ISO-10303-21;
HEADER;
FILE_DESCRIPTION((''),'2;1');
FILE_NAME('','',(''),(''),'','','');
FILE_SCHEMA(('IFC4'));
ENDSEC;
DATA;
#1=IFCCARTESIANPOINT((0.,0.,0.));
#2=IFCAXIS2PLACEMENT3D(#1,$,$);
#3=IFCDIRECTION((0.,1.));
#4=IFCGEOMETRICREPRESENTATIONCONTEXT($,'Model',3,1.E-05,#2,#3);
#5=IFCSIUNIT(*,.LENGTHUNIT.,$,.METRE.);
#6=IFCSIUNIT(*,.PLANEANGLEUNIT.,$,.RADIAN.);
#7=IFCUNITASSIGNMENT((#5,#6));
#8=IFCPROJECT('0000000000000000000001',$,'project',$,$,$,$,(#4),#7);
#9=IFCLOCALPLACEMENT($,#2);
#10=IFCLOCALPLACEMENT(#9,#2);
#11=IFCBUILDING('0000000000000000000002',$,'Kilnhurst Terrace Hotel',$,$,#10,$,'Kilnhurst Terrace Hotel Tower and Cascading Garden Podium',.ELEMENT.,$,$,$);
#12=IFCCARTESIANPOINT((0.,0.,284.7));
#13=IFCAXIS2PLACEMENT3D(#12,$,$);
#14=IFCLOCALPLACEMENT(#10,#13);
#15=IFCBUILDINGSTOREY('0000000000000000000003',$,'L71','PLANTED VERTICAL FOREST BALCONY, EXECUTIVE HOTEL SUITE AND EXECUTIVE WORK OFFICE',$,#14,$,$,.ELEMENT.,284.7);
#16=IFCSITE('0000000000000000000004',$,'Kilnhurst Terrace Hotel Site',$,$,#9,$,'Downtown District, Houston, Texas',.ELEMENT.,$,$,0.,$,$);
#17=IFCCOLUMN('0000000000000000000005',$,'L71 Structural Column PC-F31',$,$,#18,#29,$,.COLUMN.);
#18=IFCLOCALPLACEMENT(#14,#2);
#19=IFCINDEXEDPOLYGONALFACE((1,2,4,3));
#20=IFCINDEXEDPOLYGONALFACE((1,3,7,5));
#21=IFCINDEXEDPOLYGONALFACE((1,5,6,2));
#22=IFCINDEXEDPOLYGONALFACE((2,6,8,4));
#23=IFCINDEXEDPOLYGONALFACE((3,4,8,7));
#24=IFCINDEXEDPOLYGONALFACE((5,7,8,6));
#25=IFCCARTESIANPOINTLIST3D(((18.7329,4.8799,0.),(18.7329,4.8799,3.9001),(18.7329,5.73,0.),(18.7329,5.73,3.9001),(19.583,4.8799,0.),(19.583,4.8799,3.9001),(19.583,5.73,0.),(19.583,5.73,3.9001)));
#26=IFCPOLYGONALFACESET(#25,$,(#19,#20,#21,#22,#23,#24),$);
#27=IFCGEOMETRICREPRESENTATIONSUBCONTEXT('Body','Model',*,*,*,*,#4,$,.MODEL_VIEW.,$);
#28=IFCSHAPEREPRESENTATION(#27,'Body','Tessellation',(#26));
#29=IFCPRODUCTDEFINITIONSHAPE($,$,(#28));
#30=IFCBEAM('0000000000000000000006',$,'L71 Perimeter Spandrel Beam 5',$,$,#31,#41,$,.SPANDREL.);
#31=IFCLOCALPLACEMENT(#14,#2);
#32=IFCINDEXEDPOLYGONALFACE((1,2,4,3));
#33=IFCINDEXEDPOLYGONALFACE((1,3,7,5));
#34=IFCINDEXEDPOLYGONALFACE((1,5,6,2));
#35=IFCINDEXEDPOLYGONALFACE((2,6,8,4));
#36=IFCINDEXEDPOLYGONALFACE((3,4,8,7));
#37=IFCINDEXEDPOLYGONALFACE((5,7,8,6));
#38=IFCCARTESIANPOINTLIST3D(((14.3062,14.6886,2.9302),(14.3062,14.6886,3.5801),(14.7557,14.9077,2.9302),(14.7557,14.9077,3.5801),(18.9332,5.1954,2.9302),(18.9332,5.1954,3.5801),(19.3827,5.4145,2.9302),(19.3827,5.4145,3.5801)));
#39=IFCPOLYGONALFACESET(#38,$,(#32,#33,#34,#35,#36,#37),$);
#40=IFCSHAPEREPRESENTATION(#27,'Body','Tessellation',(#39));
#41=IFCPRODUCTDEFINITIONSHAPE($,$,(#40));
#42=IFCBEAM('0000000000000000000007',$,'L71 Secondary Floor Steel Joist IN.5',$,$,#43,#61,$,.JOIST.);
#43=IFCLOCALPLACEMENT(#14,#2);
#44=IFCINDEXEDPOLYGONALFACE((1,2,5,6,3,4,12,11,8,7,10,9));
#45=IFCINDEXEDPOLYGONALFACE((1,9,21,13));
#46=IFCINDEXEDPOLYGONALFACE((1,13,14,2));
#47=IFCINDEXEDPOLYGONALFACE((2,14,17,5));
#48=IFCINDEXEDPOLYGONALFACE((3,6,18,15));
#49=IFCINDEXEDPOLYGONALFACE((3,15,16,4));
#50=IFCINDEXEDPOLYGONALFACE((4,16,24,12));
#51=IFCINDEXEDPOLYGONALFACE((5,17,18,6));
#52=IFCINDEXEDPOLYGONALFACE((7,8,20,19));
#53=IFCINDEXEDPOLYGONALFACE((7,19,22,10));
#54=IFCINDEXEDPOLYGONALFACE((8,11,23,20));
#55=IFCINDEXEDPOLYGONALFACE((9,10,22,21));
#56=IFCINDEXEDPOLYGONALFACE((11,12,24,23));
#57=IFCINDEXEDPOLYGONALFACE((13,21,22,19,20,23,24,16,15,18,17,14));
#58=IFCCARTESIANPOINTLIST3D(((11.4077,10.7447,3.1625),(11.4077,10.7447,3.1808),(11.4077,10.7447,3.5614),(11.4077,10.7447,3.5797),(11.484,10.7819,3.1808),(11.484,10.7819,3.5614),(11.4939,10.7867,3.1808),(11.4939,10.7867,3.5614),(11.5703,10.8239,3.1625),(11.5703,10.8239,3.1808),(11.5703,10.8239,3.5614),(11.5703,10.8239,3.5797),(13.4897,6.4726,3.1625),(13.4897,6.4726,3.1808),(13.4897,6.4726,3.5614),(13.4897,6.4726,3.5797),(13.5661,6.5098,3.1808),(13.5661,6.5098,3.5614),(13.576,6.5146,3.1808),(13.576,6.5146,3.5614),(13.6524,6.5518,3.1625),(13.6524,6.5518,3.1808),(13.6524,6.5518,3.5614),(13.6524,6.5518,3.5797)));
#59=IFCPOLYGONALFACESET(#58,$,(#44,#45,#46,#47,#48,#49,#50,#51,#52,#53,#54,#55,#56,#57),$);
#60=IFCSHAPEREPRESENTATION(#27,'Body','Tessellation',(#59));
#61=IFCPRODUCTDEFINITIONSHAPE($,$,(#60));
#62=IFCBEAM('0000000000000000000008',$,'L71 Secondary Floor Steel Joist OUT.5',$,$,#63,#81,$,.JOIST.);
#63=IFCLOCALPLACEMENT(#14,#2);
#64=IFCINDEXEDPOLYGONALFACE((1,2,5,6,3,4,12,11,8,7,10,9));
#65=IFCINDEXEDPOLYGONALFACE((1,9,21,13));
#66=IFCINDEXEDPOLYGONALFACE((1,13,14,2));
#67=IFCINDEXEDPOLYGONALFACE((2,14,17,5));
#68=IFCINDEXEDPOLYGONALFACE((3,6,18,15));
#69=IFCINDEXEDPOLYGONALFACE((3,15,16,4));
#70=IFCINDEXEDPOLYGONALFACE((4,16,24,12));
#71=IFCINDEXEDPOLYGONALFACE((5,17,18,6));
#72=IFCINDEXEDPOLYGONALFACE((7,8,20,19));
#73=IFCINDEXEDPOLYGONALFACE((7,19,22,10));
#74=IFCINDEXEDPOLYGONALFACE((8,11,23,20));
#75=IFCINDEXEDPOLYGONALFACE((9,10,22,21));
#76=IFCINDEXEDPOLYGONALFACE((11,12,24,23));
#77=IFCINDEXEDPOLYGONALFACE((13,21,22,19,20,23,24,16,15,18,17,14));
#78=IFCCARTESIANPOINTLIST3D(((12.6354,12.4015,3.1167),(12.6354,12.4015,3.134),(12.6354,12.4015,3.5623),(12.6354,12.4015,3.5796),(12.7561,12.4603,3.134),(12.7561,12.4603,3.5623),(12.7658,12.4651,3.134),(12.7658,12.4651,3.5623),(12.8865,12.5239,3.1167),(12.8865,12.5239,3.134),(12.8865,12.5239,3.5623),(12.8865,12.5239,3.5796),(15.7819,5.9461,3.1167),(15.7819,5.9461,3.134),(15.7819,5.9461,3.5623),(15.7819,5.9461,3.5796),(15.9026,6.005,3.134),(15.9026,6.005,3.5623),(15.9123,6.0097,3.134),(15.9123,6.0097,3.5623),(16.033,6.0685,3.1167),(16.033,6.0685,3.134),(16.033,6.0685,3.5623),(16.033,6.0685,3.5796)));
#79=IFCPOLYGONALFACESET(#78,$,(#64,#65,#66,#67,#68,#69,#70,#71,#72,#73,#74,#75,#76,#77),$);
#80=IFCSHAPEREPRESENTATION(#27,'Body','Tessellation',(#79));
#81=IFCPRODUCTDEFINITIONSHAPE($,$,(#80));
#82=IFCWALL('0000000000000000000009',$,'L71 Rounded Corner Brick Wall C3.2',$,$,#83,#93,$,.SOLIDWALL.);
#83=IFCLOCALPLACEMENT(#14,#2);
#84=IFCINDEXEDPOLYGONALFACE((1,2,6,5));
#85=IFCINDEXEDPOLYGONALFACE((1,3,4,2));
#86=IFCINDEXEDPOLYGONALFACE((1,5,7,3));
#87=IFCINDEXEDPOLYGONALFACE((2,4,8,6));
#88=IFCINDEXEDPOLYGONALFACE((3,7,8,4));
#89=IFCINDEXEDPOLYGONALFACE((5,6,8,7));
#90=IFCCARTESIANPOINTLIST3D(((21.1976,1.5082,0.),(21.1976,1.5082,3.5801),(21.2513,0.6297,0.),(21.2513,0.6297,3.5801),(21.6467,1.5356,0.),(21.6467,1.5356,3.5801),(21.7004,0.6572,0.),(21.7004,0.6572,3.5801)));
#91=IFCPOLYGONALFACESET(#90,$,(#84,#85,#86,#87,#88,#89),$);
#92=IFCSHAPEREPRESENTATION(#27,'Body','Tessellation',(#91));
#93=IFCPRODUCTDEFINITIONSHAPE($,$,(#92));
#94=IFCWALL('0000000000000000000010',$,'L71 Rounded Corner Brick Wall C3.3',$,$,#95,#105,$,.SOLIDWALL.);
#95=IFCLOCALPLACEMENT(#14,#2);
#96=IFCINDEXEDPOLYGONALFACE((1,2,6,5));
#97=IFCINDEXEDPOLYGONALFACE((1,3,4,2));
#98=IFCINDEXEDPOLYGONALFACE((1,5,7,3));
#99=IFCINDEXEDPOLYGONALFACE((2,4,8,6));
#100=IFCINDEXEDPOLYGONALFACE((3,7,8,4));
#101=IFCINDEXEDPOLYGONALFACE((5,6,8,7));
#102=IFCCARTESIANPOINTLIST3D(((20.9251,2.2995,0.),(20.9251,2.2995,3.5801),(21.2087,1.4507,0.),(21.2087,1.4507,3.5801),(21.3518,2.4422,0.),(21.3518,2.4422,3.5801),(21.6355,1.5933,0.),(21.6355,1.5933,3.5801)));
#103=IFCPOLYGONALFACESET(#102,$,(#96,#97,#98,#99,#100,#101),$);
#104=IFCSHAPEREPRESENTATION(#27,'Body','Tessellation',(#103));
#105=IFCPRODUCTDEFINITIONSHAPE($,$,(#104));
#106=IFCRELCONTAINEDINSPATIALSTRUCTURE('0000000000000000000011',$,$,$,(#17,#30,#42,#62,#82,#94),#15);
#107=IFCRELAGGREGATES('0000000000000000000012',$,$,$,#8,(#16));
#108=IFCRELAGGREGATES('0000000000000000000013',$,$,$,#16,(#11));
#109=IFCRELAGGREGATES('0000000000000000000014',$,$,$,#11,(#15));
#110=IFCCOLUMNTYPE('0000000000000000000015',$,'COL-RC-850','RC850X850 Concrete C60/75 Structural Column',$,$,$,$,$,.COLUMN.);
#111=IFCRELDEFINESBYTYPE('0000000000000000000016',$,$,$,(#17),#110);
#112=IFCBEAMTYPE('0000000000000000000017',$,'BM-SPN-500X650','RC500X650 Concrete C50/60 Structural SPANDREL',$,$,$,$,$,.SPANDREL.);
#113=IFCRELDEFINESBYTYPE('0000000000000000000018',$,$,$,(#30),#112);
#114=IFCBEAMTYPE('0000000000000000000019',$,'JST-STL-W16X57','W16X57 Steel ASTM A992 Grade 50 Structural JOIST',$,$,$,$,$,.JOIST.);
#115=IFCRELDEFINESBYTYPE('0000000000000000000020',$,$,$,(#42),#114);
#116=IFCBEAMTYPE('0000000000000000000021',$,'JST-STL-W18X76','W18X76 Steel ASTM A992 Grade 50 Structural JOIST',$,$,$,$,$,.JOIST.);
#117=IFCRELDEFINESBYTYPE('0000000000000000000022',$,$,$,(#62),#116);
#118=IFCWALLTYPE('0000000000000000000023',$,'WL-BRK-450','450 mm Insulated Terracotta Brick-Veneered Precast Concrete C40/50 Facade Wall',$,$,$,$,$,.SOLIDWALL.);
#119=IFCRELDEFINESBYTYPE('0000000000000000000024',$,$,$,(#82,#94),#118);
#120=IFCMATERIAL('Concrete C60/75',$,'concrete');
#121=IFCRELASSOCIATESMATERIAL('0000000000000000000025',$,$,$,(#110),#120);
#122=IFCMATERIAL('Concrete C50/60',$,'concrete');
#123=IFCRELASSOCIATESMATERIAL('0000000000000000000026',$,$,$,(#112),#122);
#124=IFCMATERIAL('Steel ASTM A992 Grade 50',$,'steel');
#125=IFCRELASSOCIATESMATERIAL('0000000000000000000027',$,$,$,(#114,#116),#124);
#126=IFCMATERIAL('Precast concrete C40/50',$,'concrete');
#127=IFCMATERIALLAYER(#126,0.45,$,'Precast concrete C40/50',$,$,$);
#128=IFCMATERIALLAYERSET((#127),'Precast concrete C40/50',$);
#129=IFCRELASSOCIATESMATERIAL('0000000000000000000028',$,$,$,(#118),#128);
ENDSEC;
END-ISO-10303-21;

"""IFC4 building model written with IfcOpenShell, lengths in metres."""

from ifc_helpers import new_model, si_unit, direction, frame, frame_2d, origin, origin_2d, place, context, subcontext, project, spatial, rectangle, i_section, extrude, material, layer, layer_set, material_profile, profile_set, type_object, element, save


model = new_model("IFC4")

# Units and contexts
model_context = context("Model", 3, precision=1e-05, world=origin(), true_north=direction((0.0, 1.0)))
body_context = subcontext(model_context, "Body", "Model", "MODEL_VIEW")
ifc_project = project(units=[si_unit("LENGTHUNIT", "METRE"), si_unit("PLANEANGLEUNIT", "RADIAN")], contexts=[model_context])

# Site, building, storey
site_placement = place(None, origin())
site = spatial("IfcSite", under=ifc_project, at=site_placement, Name="Kilnhurst Terrace Hotel Site", LongName="Downtown District, Houston, Texas", CompositionType="ELEMENT", RefElevation=0.0)
building_placement = place(site_placement, origin())
building = spatial("IfcBuilding", under=site, at=building_placement, Name="Kilnhurst Terrace Hotel", LongName="Kilnhurst Terrace Hotel Tower and Cascading Garden Podium", CompositionType="ELEMENT")
storey_placement = place(building_placement, frame((0.0, 0.0, 284.7)))
storey = spatial("IfcBuildingStorey", under=building, at=storey_placement, Name="L71", Description="PLANTED VERTICAL FOREST BALCONY, EXECUTIVE HOTEL SUITE AND EXECUTIVE WORK OFFICE", CompositionType="ELEMENT", Elevation=284.7)

# Column
ifc_material_1 = material(Name="Concrete C60/75", Category="concrete")
ifc_material_profile_1 = material_profile(ifc_material_1, rectangle(XDim=0.8501, YDim=0.8501, at=origin_2d()), Name="RC850X850")
ifc_profile_set_1 = profile_set([ifc_material_profile_1], Name="Concrete C60/75")
column_type = type_object("IfcColumnType", Name="COL-RC-850", Description="RC850X850 Concrete C60/75 Structural Column", PredefinedType="COLUMN", material=ifc_profile_set_1)
column_placement = place(storey_placement, frame((19.158, 5.3049, 0.0), z_axis=(0.0, 0.0, 1.0), x_axis=(1.0, 0.0, 0.0)))
element("IfcColumn", 1, at=column_placement, inside=storey, type_object=column_type, Name="L71 Structural Column PC-F31", PredefinedType="COLUMN", context=body_context, shape_type="SweptSolid", body=[
    extrude(rectangle(XDim=0.8501, YDim=0.8501, at=origin_2d()), origin(), (0.0, 0.0, 1.0), 3.9001),
])

# Beams
ifc_material_2 = material(Name="Concrete C50/60", Category="concrete")
ifc_material_profile_2 = material_profile(ifc_material_2, rectangle(XDim=0.5, YDim=0.6499, at=origin_2d()), Name="RC500X650")
ifc_profile_set_2 = profile_set([ifc_material_profile_2], Name="Concrete C50/60")
beam_type_1 = type_object("IfcBeamType", Name="BM-SPN-500X650", Description="RC500X650 Concrete C50/60 Structural SPANDREL", PredefinedType="SPANDREL", material=ifc_profile_set_2)
beam_1_placement = place(storey_placement, frame((19.158, 5.3049, 3.2551), z_axis=(-0.438128, 0.898912, 0.0), x_axis=(-0.898912, -0.438128, 0.0)))
element("IfcBeam", 2, at=beam_1_placement, inside=storey, type_object=beam_type_1, Name="L71 Perimeter Spandrel Beam 5", PredefinedType="SPANDREL", context=body_context, shape_type="SweptSolid", body=[
    extrude(rectangle(XDim=0.5, YDim=0.6499, at=origin_2d()), origin(), (0.0, 0.0, 1.0), 10.5608),
])
ifc_material_3 = material(Name="Steel ASTM A992 Grade 50", Category="steel")
ifc_material_profile_3 = material_profile(ifc_material_3, i_section(OverallWidth=0.1809, OverallDepth=0.4172, WebThickness=0.011, FlangeThickness=0.0183, at=origin_2d()), Name="W16X57")
ifc_profile_set_3 = profile_set([ifc_material_profile_3], Name="Steel ASTM A992 Grade 50")
beam_type_2 = type_object("IfcBeamType", Name="JST-STL-W16X57", Description="W16X57 Steel ASTM A992 Grade 50 Structural JOIST", PredefinedType="JOIST", material=ifc_profile_set_3)
beam_2_placement = place(storey_placement, frame((13.571, 6.5122, 3.3711), z_axis=(-0.438108, 0.898922, 0.0), x_axis=(-0.898922, -0.438108, 0.0)))
element("IfcBeam", 3, at=beam_2_placement, inside=storey, type_object=beam_type_2, Name="L71 Secondary Floor Steel Joist IN.5", PredefinedType="JOIST", context=body_context, shape_type="SweptSolid", body=[
    extrude(i_section(OverallWidth=0.1809, OverallDepth=0.4172, WebThickness=0.011, FlangeThickness=0.0183, at=origin_2d()), origin(), (0.0, 0.0, 1.0), 4.7524),
])
ifc_material_profile_4 = material_profile(ifc_material_3, i_section(OverallWidth=0.2793, OverallDepth=0.4629, WebThickness=0.0107, FlangeThickness=0.0173, at=origin_2d()), Name="W18X76")
ifc_profile_set_4 = profile_set([ifc_material_profile_4], Name="Steel ASTM A992 Grade 50")
beam_type_3 = type_object("IfcBeamType", Name="JST-STL-W18X76", Description="W18X76 Steel ASTM A992 Grade 50 Structural JOIST", PredefinedType="JOIST", material=ifc_profile_set_4)
beam_3_placement = place(storey_placement, frame((15.9075, 6.0073, 3.3481), z_axis=(-0.438148, 0.898903, 0.0), x_axis=(-0.898903, -0.438148, 0.0)))
element("IfcBeam", 4, at=beam_3_placement, inside=storey, type_object=beam_type_3, Name="L71 Secondary Floor Steel Joist OUT.5", PredefinedType="JOIST", context=body_context, shape_type="SweptSolid", body=[
    extrude(i_section(OverallWidth=0.2793, OverallDepth=0.4629, WebThickness=0.0107, FlangeThickness=0.0173, at=origin_2d()), origin(), (0.0, 0.0, 1.0), 7.1814),
])

# Walls
ifc_material_4 = material(Name="Precast concrete C40/50", Category="concrete")
ifc_layer_1 = layer(ifc_material_4, 0.45, Name="Precast concrete C40/50")
ifc_layer_set_1 = layer_set([ifc_layer_1], Name="Precast concrete C40/50")
wall_type_1 = type_object("IfcWallType", Name="WL-BRK-450", Description="450 mm Insulated Terracotta Brick-Veneered Precast Concrete C40/50 Facade Wall", PredefinedType="SOLIDWALL", material=ifc_layer_set_1)
wall_1_placement = place(storey_placement, frame((21.4758, 0.6436, 0.0), z_axis=(0.0, 0.0, 1.0), x_axis=(-0.061031, 0.998136, 0.0)))
element("IfcWall", 5, at=wall_1_placement, inside=storey, type_object=wall_type_1, Name="L71 Rounded Corner Brick Wall C3.2", PredefinedType="SOLIDWALL", context=body_context, shape_type="SweptSolid", body=[
    extrude(rectangle(XDim=0.8801, YDim=0.45, at=frame_2d((0.4399, 0.0))), origin(), (0.0, 0.0, 1.0), 3.5801),
])
wall_2_placement = place(storey_placement, frame((21.4221, 1.522, 0.0), z_axis=(0.0, 0.0, 1.0), x_axis=(-0.316964, 0.948438, 0.0)))
element("IfcWall", 6, at=wall_2_placement, inside=storey, type_object=wall_type_1, Name="L71 Rounded Corner Brick Wall C3.3", PredefinedType="SOLIDWALL", context=body_context, shape_type="SweptSolid", body=[
    extrude(rectangle(XDim=0.895, YDim=0.45, at=frame_2d((0.4475, 0.0))), origin(), (0.0, 0.0, 1.0), 3.5801),
])

save(model, "model.ifc")
